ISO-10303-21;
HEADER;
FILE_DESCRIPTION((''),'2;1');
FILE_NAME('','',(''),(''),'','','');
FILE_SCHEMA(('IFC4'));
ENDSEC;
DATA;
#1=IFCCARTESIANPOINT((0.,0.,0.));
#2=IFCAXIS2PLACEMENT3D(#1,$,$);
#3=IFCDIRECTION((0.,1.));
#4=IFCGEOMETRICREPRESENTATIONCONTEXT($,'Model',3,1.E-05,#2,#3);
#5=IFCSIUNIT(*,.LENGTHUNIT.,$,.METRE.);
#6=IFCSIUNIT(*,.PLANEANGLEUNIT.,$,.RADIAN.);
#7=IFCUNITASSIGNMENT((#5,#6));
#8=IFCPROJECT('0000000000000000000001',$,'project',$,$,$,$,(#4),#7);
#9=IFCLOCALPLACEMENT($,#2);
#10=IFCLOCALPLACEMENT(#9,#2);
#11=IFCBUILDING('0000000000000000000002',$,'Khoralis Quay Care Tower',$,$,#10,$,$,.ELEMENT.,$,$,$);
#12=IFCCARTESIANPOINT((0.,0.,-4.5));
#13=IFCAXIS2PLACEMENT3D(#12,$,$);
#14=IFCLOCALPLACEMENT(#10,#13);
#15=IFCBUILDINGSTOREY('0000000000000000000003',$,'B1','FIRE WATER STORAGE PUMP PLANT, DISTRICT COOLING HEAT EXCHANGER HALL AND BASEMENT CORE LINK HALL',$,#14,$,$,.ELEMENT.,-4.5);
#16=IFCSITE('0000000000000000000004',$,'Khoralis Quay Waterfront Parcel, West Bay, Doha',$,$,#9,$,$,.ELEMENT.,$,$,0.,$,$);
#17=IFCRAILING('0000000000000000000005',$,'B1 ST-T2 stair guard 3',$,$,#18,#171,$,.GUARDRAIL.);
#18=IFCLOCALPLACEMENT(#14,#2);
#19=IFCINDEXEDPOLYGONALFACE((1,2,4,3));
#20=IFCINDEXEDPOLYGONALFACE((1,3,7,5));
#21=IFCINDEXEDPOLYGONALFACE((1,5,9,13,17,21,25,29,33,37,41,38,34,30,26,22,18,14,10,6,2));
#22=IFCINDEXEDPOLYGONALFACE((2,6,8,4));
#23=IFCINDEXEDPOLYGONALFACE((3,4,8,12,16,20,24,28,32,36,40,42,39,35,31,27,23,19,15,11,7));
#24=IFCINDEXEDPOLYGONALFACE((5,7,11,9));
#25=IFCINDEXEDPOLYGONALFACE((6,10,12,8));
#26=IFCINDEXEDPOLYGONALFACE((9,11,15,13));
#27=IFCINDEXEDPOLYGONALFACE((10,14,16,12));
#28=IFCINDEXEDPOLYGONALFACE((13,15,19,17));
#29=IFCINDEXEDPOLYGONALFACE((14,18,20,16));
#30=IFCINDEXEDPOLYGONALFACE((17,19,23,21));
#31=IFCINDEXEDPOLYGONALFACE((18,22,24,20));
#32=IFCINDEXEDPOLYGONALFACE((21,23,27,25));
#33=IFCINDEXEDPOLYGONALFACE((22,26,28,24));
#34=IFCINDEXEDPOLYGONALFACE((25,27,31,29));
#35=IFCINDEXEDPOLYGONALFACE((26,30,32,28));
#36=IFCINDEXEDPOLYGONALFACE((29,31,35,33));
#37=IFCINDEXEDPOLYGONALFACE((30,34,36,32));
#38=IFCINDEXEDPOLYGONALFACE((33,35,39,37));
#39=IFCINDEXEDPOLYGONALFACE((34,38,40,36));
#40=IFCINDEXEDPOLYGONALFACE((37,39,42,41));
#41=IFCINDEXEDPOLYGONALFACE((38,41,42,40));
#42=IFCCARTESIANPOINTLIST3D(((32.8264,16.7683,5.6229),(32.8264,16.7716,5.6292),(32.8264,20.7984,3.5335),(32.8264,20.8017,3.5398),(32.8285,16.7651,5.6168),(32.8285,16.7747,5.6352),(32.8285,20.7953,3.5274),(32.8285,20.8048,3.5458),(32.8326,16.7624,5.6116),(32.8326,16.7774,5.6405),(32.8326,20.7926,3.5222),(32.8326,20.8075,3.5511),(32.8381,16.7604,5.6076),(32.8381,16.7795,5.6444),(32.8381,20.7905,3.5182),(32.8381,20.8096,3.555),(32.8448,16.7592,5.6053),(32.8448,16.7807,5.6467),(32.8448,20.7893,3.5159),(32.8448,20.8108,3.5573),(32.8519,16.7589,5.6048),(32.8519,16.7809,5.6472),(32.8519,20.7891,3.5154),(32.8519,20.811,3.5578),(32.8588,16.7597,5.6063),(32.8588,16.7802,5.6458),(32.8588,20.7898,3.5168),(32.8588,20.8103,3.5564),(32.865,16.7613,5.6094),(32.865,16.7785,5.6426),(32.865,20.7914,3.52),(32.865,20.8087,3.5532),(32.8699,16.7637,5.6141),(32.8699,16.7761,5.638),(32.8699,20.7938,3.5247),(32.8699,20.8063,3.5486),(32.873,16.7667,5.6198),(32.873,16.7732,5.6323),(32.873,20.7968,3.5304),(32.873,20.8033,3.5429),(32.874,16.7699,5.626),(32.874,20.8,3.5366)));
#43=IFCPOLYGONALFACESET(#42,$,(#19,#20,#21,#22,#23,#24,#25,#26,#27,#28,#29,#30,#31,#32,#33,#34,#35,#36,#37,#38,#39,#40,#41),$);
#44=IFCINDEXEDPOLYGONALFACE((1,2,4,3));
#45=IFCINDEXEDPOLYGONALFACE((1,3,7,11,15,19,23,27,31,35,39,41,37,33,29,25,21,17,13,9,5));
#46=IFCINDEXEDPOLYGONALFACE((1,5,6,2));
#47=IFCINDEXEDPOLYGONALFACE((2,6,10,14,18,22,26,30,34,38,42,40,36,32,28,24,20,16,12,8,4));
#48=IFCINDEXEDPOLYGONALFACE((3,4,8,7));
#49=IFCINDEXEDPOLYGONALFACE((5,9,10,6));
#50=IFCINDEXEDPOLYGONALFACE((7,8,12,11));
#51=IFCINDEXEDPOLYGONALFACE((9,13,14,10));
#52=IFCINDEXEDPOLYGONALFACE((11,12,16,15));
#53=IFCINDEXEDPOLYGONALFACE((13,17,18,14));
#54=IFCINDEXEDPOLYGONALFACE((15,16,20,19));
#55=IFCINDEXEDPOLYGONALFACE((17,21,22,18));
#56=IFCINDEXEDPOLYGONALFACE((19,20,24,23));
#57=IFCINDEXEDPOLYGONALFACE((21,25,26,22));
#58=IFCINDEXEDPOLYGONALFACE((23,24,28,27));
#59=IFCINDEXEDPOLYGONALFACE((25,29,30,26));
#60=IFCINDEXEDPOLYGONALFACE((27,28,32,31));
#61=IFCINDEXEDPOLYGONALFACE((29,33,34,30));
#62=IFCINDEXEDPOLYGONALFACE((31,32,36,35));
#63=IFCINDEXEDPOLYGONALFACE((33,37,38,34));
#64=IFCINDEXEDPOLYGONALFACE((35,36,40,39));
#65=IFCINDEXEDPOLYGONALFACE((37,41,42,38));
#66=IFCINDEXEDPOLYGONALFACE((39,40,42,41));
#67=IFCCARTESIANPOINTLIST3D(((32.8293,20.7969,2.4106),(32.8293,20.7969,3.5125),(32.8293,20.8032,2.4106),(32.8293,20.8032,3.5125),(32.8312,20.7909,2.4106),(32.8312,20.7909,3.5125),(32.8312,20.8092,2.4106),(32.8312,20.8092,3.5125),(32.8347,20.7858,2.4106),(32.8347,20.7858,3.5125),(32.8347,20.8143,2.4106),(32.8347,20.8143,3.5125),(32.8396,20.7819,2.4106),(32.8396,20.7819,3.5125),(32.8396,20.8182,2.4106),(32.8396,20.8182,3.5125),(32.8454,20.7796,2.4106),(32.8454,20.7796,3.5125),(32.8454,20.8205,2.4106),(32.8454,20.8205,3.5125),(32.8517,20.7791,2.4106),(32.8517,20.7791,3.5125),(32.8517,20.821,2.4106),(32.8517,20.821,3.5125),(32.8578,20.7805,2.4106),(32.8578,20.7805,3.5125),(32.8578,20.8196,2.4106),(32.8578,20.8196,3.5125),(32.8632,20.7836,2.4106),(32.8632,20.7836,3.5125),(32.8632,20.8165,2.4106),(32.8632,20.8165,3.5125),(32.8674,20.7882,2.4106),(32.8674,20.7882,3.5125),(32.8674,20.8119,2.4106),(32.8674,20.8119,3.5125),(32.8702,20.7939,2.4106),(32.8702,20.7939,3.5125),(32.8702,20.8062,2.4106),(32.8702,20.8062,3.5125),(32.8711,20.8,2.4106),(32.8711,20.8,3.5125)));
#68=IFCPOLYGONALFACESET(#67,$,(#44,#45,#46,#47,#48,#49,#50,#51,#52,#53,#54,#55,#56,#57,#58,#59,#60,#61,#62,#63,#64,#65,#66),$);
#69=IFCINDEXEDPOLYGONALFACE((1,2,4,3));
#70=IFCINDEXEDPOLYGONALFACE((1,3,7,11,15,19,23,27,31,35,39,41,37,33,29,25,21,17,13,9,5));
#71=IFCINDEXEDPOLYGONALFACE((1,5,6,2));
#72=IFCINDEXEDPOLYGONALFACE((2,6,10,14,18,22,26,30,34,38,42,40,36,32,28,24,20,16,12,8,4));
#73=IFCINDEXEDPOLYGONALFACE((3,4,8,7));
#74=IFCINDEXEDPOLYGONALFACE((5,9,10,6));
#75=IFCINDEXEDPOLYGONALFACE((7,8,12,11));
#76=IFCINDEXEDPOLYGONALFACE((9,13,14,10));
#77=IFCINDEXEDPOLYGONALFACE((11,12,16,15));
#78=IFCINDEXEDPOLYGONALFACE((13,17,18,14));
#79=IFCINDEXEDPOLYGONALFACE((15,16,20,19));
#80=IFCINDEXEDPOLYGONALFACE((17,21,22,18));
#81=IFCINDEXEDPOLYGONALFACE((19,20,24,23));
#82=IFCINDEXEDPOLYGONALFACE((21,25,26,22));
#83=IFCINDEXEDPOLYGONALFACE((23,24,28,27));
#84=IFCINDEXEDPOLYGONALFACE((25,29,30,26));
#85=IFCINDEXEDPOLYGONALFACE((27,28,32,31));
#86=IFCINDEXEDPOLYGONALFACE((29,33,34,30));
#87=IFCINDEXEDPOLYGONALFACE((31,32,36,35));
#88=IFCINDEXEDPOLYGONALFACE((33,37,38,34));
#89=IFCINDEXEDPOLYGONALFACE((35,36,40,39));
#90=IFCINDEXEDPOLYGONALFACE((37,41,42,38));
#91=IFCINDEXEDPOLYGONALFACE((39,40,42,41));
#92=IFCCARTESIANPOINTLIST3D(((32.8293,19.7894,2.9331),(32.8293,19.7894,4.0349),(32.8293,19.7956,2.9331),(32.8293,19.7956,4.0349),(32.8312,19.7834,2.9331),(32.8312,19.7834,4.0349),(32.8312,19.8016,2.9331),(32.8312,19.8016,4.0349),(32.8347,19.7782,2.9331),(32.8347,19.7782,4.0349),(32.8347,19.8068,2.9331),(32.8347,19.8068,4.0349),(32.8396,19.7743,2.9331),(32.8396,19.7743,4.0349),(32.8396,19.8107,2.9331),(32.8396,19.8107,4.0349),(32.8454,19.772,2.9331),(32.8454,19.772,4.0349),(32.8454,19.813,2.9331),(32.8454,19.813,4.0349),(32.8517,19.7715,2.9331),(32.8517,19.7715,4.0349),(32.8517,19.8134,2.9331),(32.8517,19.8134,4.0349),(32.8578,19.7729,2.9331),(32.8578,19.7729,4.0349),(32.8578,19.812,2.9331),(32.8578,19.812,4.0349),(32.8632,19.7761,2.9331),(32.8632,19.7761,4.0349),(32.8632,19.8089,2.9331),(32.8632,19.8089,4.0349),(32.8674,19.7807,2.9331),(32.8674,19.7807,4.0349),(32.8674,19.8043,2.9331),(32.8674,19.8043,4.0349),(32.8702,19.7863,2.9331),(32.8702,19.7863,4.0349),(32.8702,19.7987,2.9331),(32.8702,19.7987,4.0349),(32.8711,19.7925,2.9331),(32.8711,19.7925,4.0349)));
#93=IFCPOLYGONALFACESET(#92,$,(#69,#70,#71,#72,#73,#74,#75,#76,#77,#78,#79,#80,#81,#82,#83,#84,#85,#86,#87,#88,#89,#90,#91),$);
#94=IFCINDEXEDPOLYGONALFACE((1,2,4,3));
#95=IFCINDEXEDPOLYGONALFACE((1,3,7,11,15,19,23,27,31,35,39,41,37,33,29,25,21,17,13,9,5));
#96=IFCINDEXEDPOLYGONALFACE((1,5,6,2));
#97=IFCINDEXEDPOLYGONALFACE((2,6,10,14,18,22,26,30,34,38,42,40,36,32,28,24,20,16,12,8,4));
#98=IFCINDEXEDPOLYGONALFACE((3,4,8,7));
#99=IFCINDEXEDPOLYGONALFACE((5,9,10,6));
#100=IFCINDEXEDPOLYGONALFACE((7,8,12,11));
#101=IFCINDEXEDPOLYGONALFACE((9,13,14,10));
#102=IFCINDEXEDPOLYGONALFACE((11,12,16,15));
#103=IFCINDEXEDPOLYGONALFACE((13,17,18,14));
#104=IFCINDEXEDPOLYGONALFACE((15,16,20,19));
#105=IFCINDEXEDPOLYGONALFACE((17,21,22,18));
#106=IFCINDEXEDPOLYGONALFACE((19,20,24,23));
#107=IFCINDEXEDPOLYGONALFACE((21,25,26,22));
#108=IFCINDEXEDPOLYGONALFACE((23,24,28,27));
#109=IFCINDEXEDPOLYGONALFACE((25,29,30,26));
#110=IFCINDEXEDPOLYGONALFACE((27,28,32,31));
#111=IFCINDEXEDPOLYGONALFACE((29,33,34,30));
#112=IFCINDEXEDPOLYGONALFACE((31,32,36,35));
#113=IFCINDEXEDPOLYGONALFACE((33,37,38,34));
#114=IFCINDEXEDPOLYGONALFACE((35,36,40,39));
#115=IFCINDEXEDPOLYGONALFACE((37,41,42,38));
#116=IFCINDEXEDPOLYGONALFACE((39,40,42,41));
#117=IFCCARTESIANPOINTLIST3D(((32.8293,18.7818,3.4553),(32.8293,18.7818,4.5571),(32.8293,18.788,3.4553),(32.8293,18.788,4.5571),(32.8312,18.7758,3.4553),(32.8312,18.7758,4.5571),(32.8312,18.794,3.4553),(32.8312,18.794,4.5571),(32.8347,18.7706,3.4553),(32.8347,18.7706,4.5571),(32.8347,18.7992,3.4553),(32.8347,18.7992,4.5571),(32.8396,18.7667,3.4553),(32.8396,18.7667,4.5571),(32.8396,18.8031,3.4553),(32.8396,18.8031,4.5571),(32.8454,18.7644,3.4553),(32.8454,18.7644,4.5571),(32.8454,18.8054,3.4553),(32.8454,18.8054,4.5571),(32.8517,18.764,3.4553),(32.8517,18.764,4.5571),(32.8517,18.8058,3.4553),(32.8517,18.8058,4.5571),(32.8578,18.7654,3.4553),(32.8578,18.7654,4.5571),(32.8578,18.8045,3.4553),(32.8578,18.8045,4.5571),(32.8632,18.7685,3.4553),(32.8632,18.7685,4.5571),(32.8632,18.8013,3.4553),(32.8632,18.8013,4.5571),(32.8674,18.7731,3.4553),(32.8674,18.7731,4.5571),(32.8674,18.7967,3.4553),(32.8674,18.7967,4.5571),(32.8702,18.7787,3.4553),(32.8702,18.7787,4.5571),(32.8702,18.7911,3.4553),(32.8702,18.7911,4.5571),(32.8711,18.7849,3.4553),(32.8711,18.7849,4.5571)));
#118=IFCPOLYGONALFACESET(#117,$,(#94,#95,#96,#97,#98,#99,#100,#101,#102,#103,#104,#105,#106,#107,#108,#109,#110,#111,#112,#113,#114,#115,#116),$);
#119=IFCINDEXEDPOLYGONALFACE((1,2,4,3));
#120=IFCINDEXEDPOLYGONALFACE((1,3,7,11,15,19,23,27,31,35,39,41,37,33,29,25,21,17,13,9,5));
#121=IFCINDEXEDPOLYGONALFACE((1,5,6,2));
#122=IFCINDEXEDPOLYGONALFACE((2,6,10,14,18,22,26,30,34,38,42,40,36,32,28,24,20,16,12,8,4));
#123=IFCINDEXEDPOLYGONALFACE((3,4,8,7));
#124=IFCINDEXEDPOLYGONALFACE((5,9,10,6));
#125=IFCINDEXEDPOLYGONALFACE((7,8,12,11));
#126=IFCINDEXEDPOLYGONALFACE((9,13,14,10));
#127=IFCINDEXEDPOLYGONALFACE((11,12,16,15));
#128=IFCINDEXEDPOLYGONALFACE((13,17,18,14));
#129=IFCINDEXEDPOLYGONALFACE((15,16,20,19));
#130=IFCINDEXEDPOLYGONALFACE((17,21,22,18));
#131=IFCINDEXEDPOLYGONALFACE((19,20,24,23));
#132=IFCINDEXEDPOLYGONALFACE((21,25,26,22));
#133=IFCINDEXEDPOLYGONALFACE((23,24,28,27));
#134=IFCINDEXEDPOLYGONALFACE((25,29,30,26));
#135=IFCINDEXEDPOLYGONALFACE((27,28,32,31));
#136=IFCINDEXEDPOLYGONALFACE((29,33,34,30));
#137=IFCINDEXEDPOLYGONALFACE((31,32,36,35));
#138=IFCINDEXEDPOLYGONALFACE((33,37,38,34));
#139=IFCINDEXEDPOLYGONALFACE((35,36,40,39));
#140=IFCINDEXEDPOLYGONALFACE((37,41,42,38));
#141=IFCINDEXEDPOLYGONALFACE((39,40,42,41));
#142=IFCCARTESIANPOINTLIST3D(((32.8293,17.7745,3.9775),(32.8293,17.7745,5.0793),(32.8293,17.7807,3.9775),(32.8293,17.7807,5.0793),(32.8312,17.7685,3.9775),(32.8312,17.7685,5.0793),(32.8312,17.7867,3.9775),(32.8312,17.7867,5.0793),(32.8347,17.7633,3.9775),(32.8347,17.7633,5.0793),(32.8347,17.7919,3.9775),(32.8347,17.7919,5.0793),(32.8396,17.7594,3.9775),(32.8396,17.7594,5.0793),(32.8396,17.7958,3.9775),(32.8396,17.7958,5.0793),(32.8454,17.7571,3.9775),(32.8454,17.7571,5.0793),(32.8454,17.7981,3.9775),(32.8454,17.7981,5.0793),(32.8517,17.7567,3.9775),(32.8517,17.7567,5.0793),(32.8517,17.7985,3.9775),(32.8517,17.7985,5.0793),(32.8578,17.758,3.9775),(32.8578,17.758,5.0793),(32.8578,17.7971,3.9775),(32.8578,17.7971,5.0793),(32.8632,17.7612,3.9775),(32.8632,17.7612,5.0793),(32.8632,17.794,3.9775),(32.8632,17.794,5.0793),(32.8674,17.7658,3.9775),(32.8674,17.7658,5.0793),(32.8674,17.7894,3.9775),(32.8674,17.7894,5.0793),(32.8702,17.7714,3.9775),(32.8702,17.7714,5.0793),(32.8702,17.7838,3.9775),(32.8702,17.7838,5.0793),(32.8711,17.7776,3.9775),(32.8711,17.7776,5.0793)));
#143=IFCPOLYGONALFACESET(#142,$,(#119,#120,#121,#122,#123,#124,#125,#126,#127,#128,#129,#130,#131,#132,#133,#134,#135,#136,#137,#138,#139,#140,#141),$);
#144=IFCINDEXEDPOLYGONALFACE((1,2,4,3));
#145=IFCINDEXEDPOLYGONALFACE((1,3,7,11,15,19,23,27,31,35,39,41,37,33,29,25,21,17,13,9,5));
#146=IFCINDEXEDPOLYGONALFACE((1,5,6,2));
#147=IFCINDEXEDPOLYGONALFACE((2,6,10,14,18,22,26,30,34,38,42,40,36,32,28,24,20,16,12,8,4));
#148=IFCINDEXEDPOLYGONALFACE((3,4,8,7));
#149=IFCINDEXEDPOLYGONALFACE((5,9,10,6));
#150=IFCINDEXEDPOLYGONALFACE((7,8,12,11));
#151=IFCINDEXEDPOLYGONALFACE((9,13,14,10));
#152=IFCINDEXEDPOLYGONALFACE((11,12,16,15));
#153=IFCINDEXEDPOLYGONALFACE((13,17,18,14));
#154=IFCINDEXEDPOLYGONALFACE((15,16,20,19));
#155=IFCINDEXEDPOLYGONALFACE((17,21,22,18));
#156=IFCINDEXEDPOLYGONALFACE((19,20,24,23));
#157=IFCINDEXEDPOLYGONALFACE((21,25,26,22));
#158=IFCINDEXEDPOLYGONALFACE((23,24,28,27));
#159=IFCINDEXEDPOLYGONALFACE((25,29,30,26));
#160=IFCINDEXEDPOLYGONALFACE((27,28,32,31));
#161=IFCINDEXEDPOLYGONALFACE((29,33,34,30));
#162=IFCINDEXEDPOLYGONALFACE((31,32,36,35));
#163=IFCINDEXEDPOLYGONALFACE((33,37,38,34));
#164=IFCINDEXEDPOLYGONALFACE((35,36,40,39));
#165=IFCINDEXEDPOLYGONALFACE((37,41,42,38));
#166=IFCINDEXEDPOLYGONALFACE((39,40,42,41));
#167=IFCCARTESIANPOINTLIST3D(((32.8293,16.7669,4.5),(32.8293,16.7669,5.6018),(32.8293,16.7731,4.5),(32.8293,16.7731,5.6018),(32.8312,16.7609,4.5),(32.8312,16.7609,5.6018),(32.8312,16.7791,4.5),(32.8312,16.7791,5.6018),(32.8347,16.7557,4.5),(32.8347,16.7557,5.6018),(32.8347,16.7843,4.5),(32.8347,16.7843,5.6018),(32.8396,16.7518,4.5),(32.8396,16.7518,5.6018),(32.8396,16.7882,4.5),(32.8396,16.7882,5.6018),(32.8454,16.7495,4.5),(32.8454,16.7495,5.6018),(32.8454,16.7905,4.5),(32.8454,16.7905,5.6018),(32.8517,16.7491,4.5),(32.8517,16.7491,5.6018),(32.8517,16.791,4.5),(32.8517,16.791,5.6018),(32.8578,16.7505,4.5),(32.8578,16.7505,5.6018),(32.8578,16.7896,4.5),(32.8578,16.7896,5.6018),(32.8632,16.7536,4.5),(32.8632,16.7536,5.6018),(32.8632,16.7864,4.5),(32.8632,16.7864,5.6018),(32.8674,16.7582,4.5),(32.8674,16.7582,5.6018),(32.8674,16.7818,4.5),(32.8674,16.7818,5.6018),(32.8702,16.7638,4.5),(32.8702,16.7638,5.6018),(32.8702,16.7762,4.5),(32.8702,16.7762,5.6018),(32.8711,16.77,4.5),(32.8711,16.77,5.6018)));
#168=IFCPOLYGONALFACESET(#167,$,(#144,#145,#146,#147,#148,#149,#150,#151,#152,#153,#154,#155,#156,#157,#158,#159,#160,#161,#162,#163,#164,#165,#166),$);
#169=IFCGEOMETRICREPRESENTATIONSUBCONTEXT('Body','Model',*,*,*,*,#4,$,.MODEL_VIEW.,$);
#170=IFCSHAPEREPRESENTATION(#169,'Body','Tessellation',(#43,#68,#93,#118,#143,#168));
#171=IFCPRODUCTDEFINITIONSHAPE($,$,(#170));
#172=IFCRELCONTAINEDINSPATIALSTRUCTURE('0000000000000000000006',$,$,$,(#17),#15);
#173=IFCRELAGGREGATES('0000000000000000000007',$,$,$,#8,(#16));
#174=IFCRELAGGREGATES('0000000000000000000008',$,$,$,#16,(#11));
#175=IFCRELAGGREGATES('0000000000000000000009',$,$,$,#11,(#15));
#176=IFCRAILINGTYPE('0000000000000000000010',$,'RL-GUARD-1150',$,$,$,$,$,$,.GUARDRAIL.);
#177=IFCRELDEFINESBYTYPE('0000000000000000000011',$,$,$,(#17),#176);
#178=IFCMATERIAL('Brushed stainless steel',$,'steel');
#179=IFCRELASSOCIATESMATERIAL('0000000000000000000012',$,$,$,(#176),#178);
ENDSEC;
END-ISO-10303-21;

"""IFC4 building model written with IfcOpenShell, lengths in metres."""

from ifc_helpers import new_model, si_unit, direction, frame, origin, origin_2d, place, context, subcontext, project, spatial, circle, extrude, material, type_object, element, save


model = new_model("IFC4")

# Units and contexts
model_context = context("Model", 3, precision=1e-05, world=origin(), true_north=direction((0.0, 1.0)))
body_context = subcontext(model_context, "Body", "Model", "MODEL_VIEW")
ifc_project = project(units=[si_unit("LENGTHUNIT", "METRE"), si_unit("PLANEANGLEUNIT", "RADIAN")], contexts=[model_context])

# Site, building, storey
site_placement = place(None, origin())
site = spatial("IfcSite", under=ifc_project, at=site_placement, Name="Khoralis Quay Waterfront Parcel, West Bay, Doha", CompositionType="ELEMENT", RefElevation=0.0)
building_placement = place(site_placement, origin())
building = spatial("IfcBuilding", under=site, at=building_placement, Name="Khoralis Quay Care Tower", CompositionType="ELEMENT")
storey_placement = place(building_placement, frame((0.0, 0.0, -4.5)))
storey = spatial("IfcBuildingStorey", under=building, at=storey_placement, Name="B1", Description="FIRE WATER STORAGE PUMP PLANT, DISTRICT COOLING HEAT EXCHANGER HALL AND BASEMENT CORE LINK HALL", CompositionType="ELEMENT", Elevation=-4.5)

# Railing
ifc_material_1 = material(Name="Brushed stainless steel", Category="steel")
railing_type_1 = type_object("IfcRailingType", Name="RL-GUARD-1150", PredefinedType="GUARDRAIL", material=ifc_material_1)
railing_1_placement = place(storey_placement, frame((32.8501, 20.8, 2.4106)))
element("IfcRailing", 1, at=railing_1_placement, inside=storey, type_object=railing_type_1, Name="B1 ST-T2 stair guard 3", PredefinedType="GUARDRAIL", context=body_context, shape_type="SweptSolid", body=[
    extrude(circle(Radius=0.0239, at=origin_2d()), frame((0.0, 0.0, 1.126), z_axis=(0.0, -0.887781, 0.460267), x_axis=(1.0, 0.0, 0.0)), (0.0, 0.0, 1.0), 4.5396),
    extrude(circle(Radius=0.021, at=origin_2d()), origin(), (0.0, 0.0, 1.0), 1.1018),
    extrude(circle(Radius=0.021, at=origin_2d()), frame((0.0, -1.0076, 0.5225)), (0.0, 0.0, 1.0), 1.1018),
    extrude(circle(Radius=0.021, at=origin_2d()), frame((0.0, -2.0151, 1.0447)), (0.0, 0.0, 1.0), 1.1018),
    extrude(circle(Radius=0.021, at=origin_2d()), frame((0.0, -3.0225, 1.5669)), (0.0, 0.0, 1.0), 1.1018),
    extrude(circle(Radius=0.021, at=origin_2d()), frame((0.0, -4.03, 2.0894)), (0.0, 0.0, 1.0), 1.1018),
])

save(model, "model.ifc")
